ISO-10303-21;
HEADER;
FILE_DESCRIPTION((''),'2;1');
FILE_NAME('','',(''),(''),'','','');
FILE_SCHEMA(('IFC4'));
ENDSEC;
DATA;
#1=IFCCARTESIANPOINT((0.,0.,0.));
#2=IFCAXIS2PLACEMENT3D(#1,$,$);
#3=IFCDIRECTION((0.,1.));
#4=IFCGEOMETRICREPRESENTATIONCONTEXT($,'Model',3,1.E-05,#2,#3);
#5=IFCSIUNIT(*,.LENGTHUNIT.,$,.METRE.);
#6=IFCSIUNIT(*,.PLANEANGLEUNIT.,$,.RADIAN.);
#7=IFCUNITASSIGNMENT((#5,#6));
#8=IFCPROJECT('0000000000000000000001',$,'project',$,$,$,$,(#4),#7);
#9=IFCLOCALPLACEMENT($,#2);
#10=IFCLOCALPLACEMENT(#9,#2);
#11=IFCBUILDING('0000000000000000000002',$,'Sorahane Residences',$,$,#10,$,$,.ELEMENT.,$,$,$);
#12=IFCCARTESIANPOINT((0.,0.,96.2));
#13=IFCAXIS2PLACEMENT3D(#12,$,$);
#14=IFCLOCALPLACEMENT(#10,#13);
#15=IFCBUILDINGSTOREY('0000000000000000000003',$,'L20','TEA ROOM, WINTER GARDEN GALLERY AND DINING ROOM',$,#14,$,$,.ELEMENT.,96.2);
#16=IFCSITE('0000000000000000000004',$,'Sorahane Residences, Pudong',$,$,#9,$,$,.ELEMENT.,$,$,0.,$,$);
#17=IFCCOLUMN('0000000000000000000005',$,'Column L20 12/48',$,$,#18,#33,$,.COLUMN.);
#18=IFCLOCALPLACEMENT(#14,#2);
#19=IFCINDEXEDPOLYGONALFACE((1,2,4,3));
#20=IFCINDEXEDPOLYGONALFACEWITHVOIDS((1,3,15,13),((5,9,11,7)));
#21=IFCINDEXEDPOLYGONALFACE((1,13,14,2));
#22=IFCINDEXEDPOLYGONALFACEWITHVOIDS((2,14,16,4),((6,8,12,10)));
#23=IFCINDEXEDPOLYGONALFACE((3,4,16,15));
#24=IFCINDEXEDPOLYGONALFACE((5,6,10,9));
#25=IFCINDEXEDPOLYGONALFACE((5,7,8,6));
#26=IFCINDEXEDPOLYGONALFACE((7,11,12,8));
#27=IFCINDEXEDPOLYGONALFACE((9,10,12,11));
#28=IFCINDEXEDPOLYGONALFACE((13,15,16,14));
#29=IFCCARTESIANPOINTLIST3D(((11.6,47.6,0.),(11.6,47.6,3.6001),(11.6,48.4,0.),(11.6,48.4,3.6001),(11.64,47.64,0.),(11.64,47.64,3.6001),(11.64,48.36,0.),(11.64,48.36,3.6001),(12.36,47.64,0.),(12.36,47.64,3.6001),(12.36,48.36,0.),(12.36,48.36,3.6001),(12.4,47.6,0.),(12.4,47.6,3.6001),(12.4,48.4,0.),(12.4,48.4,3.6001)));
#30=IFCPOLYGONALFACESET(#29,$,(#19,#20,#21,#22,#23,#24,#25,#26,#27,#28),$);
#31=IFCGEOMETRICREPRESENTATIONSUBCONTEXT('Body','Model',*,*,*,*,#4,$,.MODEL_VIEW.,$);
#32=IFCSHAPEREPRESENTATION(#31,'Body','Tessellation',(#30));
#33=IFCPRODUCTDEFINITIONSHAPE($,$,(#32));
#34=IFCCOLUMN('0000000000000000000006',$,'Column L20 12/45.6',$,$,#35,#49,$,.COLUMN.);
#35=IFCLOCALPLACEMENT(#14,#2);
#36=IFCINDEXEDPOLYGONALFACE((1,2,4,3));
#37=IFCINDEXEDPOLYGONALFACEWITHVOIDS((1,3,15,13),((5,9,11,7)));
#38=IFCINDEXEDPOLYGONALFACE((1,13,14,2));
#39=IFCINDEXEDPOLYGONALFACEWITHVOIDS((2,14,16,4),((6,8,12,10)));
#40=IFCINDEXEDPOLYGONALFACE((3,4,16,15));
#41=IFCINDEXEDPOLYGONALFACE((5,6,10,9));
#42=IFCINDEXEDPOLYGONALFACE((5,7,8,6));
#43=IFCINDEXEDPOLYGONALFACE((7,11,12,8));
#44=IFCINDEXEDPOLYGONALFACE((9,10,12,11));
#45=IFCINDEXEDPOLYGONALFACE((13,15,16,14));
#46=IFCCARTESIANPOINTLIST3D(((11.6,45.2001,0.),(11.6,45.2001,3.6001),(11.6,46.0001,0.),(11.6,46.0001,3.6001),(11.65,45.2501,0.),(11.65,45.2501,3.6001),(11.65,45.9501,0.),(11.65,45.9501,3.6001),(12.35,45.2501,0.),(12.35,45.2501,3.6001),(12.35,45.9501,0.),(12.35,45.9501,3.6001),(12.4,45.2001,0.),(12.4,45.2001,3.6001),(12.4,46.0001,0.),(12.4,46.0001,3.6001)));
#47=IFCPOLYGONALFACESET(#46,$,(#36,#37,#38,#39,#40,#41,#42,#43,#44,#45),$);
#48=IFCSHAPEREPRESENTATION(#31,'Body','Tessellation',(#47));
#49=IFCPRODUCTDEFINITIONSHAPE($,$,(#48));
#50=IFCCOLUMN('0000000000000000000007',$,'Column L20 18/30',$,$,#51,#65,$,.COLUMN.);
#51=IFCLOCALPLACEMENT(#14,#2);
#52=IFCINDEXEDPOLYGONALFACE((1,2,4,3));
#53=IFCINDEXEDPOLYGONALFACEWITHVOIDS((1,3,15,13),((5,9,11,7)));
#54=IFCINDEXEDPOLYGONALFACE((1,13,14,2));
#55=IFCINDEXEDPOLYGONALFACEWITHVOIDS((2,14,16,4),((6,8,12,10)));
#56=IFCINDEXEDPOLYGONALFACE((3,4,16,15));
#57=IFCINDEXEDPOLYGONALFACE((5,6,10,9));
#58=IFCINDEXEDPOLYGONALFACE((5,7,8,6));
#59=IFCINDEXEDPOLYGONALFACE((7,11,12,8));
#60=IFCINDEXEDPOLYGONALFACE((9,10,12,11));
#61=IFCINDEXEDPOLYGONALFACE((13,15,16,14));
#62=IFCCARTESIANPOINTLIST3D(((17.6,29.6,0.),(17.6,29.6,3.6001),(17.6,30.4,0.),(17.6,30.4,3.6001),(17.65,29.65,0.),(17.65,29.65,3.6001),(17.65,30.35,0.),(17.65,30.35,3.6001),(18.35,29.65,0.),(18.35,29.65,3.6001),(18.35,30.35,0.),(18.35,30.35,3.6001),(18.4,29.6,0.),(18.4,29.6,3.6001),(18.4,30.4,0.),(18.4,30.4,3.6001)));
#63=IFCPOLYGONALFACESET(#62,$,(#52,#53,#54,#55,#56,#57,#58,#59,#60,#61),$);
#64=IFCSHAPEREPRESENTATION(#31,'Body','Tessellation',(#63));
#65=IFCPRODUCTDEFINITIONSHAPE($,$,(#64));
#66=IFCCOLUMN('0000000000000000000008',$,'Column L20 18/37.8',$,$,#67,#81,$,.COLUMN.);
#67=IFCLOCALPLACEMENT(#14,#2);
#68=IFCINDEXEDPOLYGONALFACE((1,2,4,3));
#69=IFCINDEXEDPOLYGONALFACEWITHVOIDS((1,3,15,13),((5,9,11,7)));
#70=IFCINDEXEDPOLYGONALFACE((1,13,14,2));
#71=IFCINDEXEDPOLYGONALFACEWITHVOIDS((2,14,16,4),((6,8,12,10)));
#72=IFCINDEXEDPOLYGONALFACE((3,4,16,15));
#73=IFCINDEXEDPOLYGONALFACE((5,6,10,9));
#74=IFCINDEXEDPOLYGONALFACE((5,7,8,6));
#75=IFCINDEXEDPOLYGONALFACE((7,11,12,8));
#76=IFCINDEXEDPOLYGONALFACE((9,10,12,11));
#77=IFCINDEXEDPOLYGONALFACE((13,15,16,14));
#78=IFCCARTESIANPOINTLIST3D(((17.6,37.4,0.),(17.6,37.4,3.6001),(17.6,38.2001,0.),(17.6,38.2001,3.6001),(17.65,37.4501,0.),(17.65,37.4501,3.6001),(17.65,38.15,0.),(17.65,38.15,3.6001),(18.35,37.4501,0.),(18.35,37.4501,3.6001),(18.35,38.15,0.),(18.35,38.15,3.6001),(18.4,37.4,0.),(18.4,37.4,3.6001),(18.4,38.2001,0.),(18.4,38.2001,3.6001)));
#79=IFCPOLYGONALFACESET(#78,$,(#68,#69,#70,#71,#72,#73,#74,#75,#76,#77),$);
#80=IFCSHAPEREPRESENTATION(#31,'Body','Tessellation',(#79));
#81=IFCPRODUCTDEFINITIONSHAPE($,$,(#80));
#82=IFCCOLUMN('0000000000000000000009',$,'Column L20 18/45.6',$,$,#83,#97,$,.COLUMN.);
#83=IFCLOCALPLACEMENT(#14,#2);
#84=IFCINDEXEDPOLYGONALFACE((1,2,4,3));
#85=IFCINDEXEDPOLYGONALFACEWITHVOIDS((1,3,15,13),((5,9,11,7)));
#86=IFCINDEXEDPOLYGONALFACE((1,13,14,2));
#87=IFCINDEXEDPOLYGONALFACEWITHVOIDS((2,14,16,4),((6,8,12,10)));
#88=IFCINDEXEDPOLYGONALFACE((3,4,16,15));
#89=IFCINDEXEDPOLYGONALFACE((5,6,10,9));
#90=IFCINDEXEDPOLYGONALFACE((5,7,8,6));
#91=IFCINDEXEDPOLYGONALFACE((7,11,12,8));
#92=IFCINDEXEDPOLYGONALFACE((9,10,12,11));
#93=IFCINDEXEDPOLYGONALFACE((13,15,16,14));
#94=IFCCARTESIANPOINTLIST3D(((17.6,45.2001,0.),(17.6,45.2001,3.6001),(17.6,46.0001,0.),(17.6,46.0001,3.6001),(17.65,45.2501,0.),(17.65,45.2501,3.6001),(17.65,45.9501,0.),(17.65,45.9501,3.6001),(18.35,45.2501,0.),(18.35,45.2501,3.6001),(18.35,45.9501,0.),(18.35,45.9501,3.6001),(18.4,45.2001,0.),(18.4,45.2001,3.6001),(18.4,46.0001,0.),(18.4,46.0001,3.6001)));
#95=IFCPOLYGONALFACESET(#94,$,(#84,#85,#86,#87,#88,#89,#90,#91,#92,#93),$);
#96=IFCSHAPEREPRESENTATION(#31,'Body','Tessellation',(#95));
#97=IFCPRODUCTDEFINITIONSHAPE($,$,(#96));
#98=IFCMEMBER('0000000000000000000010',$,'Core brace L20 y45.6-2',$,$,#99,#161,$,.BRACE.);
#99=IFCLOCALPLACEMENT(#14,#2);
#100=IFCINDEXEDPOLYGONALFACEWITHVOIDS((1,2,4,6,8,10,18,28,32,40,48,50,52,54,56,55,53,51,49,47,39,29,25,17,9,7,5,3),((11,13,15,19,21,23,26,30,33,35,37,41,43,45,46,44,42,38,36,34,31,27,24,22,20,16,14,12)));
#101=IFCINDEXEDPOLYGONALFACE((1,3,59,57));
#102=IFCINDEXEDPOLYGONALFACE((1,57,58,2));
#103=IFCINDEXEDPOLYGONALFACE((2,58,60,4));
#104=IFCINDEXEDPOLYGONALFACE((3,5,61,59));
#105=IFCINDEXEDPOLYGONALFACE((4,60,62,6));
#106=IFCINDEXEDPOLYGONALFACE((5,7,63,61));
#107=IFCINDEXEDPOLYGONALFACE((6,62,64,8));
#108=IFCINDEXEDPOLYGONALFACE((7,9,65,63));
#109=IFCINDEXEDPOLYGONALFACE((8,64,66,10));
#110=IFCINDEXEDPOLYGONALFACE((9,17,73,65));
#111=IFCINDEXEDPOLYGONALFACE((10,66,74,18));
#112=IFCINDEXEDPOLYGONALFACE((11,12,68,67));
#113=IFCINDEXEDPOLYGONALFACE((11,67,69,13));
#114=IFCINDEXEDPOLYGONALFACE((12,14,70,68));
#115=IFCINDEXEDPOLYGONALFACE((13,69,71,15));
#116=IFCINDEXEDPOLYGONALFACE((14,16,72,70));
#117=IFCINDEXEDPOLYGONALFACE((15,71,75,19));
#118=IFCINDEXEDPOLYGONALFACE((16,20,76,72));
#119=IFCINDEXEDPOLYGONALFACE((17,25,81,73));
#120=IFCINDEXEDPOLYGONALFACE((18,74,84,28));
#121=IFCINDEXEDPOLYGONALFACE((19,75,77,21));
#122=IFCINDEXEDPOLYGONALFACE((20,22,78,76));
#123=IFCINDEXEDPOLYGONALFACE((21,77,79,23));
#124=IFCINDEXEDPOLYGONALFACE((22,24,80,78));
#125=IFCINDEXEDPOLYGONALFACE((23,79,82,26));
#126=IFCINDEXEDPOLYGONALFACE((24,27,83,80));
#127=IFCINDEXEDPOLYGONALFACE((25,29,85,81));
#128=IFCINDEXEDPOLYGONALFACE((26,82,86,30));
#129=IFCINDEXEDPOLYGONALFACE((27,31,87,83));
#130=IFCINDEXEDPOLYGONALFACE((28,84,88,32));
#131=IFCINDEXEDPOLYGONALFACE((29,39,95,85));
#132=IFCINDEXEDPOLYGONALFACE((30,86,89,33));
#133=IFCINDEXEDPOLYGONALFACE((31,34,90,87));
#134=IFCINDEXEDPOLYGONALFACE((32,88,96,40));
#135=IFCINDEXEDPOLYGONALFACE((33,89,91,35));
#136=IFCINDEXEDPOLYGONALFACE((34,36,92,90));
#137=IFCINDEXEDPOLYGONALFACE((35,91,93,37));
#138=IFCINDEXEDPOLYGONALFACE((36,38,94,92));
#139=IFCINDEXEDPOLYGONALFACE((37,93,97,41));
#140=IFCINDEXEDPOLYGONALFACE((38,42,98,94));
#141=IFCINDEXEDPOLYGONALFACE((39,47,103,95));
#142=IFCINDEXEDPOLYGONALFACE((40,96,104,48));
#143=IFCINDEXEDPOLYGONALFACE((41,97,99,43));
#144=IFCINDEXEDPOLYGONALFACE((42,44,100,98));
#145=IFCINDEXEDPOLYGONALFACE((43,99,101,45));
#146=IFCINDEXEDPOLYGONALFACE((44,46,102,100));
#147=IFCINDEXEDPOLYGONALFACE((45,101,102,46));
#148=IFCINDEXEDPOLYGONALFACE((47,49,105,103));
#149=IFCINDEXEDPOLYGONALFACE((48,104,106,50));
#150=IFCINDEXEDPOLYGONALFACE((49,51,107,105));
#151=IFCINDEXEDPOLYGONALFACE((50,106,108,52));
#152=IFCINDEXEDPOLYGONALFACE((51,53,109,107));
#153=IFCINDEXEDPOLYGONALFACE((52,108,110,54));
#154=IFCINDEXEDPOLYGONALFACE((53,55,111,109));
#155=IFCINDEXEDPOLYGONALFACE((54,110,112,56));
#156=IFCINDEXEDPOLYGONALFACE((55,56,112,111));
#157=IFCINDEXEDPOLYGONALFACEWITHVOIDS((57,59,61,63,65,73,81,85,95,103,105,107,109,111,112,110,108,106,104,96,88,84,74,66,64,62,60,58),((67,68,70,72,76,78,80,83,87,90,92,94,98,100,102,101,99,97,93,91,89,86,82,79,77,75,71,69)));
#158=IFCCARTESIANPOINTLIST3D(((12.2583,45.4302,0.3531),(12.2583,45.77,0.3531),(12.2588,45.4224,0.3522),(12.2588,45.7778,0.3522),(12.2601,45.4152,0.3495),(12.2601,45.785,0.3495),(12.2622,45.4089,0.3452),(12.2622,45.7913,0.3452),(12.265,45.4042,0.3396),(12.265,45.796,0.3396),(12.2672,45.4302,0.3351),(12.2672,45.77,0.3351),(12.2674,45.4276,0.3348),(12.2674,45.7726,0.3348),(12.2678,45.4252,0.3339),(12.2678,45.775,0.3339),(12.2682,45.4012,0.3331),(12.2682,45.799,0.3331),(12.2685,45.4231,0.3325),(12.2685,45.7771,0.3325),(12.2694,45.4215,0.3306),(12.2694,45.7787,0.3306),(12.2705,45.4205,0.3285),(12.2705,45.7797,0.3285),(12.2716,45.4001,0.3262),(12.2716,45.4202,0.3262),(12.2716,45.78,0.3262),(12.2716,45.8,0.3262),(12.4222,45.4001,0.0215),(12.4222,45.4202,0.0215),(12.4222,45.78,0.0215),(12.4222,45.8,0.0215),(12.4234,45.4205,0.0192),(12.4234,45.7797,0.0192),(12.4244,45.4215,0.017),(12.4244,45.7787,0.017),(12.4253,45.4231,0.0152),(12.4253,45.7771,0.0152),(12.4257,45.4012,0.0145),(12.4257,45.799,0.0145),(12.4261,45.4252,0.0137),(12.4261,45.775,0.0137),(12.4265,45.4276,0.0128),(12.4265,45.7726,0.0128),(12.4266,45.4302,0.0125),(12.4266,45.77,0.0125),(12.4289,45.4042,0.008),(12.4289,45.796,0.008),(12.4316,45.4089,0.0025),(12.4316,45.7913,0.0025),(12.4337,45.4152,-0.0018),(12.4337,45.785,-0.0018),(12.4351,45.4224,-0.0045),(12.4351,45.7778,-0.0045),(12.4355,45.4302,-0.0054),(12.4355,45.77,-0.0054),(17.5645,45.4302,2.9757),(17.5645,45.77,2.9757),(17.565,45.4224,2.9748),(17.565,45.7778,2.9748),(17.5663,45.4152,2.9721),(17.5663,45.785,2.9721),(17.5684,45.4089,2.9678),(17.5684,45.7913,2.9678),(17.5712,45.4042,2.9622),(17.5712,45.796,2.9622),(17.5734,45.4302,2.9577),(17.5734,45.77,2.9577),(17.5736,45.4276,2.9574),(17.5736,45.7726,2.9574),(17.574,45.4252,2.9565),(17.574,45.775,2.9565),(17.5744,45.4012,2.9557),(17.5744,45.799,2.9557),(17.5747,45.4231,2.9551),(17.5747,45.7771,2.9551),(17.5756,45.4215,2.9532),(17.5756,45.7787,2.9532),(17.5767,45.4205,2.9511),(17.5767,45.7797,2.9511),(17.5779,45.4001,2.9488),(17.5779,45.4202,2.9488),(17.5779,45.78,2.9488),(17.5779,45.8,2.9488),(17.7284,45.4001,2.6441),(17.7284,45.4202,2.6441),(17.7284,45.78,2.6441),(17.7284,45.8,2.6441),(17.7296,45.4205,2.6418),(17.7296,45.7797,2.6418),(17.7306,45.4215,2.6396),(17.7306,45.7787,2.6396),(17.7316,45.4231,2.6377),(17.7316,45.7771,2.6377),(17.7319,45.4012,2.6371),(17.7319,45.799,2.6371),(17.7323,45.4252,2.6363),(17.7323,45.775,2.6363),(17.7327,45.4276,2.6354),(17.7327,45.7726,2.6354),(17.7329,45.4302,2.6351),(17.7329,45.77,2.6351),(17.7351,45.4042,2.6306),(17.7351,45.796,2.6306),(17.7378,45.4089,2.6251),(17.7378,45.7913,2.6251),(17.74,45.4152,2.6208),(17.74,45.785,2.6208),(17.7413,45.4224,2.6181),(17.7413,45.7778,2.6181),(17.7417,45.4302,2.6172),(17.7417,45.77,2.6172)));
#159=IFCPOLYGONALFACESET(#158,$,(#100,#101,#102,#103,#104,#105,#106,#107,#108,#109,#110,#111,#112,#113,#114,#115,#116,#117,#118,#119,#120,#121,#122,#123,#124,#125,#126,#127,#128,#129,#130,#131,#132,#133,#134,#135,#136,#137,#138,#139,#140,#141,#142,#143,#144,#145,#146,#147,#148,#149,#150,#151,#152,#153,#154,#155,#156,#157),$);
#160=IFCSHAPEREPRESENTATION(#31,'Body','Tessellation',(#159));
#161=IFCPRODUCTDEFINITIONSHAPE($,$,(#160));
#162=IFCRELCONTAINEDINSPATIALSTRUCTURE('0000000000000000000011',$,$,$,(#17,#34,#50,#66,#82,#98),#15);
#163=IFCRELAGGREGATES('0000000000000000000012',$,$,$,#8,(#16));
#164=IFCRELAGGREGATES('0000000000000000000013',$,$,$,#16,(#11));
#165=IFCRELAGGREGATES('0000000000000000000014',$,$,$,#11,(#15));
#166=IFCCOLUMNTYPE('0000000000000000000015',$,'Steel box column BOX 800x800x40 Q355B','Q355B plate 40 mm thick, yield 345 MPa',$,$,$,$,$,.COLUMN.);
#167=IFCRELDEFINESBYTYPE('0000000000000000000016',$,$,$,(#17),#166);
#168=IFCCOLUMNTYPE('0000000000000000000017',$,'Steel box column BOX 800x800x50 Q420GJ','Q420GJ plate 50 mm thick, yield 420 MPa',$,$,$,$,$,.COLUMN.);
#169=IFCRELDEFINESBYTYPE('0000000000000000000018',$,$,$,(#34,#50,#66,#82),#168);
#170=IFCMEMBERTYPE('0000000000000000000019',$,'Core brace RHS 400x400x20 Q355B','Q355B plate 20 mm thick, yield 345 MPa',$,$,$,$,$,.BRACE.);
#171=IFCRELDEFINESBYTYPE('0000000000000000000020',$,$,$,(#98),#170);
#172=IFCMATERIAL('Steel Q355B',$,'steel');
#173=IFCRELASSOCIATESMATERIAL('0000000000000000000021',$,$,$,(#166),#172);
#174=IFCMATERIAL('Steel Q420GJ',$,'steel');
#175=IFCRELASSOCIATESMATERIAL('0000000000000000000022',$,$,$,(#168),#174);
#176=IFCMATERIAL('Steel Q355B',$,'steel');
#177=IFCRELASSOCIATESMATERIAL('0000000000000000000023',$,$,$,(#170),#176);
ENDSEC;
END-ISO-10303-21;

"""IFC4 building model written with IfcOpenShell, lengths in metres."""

from ifc_helpers import new_model, si_unit, direction, frame, origin, origin_2d, place, context, subcontext, project, spatial, hollow_rectangle, extrude, material, material_profile, profile_set, type_object, element, save


model = new_model("IFC4")

# Units and contexts
model_context = context("Model", 3, precision=1e-05, world=origin(), true_north=direction((0.0, 1.0)))
body_context = subcontext(model_context, "Body", "Model", "MODEL_VIEW")
ifc_project = project(units=[si_unit("LENGTHUNIT", "METRE"), si_unit("PLANEANGLEUNIT", "RADIAN")], contexts=[model_context])

# Site, building, storey
site_placement = place(None, origin())
site = spatial("IfcSite", under=ifc_project, at=site_placement, Name="Sorahane Residences, Pudong", CompositionType="ELEMENT", RefElevation=0.0)
building_placement = place(site_placement, origin())
building = spatial("IfcBuilding", under=site, at=building_placement, Name="Sorahane Residences", CompositionType="ELEMENT")
storey_placement = place(building_placement, frame((0.0, 0.0, 96.2)))
storey = spatial("IfcBuildingStorey", under=building, at=storey_placement, Name="L20", Description="TEA ROOM, WINTER GARDEN GALLERY AND DINING ROOM", CompositionType="ELEMENT", Elevation=96.2)

# Columns
ifc_material_1 = material(Name="Steel Q355B", Category="steel")
ifc_material_profile_1 = material_profile(ifc_material_1, hollow_rectangle(XDim=0.8, YDim=0.8, WallThickness=0.04, at=origin_2d()), Name="BOX 800x800x40")
ifc_profile_set_1 = profile_set([ifc_material_profile_1], Name="Steel Q355B")
column_type_1 = type_object("IfcColumnType", Name="Steel box column BOX 800x800x40 Q355B", Description="Q355B plate 40 mm thick, yield 345 MPa", PredefinedType="COLUMN", material=ifc_profile_set_1)
column_placement = place(storey_placement, frame((12.0, 48.0, 0.0), z_axis=(0.0, 0.0, 1.0), x_axis=(1.0, 0.0, 0.0)))
element("IfcColumn", 1, at=column_placement, inside=storey, type_object=column_type_1, Name="Column L20 12/48", PredefinedType="COLUMN", context=body_context, shape_type="SweptSolid", body=[
    extrude(hollow_rectangle(XDim=0.8, YDim=0.8, WallThickness=0.04, at=origin_2d()), origin(), (0.0, 0.0, 1.0), 3.6001),
])
ifc_material_2 = material(Name="Steel Q420GJ", Category="steel")
ifc_material_profile_2 = material_profile(ifc_material_2, hollow_rectangle(XDim=0.8, YDim=0.8, WallThickness=0.05, at=origin_2d()), Name="BOX 800x800x50")
ifc_profile_set_2 = profile_set([ifc_material_profile_2], Name="Steel Q420GJ")
column_type_2 = type_object("IfcColumnType", Name="Steel box column BOX 800x800x50 Q420GJ", Description="Q420GJ plate 50 mm thick, yield 420 MPa", PredefinedType="COLUMN", material=ifc_profile_set_2)
for number, where, z_axis, x_axis, name in (
    (2, (12.0, 45.6001, 0.0), (0.0, 0.0, 1.0), (1.0, 0.0, 0.0), "Column L20 12/45.6"),
    (3, (18.0, 30.0, 0.0), (0.0, 0.0, 1.0), (1.0, 0.0, 0.0), "Column L20 18/30"),
    (4, (18.0, 37.8, 0.0), (0.0, 0.0, 1.0), (1.0, 0.0, 0.0), "Column L20 18/37.8"),
    (5, (18.0, 45.6001, 0.0), (0.0, 0.0, 1.0), (1.0, 0.0, 0.0), "Column L20 18/45.6"),
):
    element("IfcColumn", number, at=place(storey_placement, frame(where, z_axis=z_axis, x_axis=x_axis)), inside=storey, type_object=column_type_2, Name=name, PredefinedType="COLUMN", context=body_context, shape_type="SweptSolid", body=[
        extrude(hollow_rectangle(XDim=0.8, YDim=0.8, WallThickness=0.05, at=origin_2d()), origin(), (0.0, 0.0, 1.0), 3.6001),
    ])

# Member
ifc_material_3 = material(Name="Steel Q355B", Category="steel")
ifc_material_profile_3 = material_profile(ifc_material_3, hollow_rectangle(XDim=0.3999, YDim=0.3999, WallThickness=0.02, InnerFilletRadius=0.01, OuterFilletRadius=0.03, at=origin_2d()), Name="RHS 400x400x20")
ifc_profile_set_3 = profile_set([ifc_material_profile_3], Name="Steel Q355B")
member_type_1 = type_object("IfcMemberType", Name="Core brace RHS 400x400x20 Q355B", Description="Q355B plate 20 mm thick, yield 345 MPa", PredefinedType="BRACE", material=ifc_profile_set_3)
member_1_placement = place(storey_placement, frame((12.3469, 45.6001, 0.1738), z_axis=(0.89648, 0.0, 0.443084), x_axis=(0.0, 1.0, 0.0)))
element("IfcMember", 6, at=member_1_placement, inside=storey, type_object=member_type_1, Name="Core brace L20 y45.6-2", PredefinedType="BRACE", context=body_context, shape_type="SweptSolid", body=[
    extrude(hollow_rectangle(XDim=0.3999, YDim=0.3999, WallThickness=0.02, InnerFilletRadius=0.01, OuterFilletRadius=0.03, at=origin_2d()), origin(), (0.0, 0.0, 1.0), 5.9189),
])

save(model, "model.ifc")
